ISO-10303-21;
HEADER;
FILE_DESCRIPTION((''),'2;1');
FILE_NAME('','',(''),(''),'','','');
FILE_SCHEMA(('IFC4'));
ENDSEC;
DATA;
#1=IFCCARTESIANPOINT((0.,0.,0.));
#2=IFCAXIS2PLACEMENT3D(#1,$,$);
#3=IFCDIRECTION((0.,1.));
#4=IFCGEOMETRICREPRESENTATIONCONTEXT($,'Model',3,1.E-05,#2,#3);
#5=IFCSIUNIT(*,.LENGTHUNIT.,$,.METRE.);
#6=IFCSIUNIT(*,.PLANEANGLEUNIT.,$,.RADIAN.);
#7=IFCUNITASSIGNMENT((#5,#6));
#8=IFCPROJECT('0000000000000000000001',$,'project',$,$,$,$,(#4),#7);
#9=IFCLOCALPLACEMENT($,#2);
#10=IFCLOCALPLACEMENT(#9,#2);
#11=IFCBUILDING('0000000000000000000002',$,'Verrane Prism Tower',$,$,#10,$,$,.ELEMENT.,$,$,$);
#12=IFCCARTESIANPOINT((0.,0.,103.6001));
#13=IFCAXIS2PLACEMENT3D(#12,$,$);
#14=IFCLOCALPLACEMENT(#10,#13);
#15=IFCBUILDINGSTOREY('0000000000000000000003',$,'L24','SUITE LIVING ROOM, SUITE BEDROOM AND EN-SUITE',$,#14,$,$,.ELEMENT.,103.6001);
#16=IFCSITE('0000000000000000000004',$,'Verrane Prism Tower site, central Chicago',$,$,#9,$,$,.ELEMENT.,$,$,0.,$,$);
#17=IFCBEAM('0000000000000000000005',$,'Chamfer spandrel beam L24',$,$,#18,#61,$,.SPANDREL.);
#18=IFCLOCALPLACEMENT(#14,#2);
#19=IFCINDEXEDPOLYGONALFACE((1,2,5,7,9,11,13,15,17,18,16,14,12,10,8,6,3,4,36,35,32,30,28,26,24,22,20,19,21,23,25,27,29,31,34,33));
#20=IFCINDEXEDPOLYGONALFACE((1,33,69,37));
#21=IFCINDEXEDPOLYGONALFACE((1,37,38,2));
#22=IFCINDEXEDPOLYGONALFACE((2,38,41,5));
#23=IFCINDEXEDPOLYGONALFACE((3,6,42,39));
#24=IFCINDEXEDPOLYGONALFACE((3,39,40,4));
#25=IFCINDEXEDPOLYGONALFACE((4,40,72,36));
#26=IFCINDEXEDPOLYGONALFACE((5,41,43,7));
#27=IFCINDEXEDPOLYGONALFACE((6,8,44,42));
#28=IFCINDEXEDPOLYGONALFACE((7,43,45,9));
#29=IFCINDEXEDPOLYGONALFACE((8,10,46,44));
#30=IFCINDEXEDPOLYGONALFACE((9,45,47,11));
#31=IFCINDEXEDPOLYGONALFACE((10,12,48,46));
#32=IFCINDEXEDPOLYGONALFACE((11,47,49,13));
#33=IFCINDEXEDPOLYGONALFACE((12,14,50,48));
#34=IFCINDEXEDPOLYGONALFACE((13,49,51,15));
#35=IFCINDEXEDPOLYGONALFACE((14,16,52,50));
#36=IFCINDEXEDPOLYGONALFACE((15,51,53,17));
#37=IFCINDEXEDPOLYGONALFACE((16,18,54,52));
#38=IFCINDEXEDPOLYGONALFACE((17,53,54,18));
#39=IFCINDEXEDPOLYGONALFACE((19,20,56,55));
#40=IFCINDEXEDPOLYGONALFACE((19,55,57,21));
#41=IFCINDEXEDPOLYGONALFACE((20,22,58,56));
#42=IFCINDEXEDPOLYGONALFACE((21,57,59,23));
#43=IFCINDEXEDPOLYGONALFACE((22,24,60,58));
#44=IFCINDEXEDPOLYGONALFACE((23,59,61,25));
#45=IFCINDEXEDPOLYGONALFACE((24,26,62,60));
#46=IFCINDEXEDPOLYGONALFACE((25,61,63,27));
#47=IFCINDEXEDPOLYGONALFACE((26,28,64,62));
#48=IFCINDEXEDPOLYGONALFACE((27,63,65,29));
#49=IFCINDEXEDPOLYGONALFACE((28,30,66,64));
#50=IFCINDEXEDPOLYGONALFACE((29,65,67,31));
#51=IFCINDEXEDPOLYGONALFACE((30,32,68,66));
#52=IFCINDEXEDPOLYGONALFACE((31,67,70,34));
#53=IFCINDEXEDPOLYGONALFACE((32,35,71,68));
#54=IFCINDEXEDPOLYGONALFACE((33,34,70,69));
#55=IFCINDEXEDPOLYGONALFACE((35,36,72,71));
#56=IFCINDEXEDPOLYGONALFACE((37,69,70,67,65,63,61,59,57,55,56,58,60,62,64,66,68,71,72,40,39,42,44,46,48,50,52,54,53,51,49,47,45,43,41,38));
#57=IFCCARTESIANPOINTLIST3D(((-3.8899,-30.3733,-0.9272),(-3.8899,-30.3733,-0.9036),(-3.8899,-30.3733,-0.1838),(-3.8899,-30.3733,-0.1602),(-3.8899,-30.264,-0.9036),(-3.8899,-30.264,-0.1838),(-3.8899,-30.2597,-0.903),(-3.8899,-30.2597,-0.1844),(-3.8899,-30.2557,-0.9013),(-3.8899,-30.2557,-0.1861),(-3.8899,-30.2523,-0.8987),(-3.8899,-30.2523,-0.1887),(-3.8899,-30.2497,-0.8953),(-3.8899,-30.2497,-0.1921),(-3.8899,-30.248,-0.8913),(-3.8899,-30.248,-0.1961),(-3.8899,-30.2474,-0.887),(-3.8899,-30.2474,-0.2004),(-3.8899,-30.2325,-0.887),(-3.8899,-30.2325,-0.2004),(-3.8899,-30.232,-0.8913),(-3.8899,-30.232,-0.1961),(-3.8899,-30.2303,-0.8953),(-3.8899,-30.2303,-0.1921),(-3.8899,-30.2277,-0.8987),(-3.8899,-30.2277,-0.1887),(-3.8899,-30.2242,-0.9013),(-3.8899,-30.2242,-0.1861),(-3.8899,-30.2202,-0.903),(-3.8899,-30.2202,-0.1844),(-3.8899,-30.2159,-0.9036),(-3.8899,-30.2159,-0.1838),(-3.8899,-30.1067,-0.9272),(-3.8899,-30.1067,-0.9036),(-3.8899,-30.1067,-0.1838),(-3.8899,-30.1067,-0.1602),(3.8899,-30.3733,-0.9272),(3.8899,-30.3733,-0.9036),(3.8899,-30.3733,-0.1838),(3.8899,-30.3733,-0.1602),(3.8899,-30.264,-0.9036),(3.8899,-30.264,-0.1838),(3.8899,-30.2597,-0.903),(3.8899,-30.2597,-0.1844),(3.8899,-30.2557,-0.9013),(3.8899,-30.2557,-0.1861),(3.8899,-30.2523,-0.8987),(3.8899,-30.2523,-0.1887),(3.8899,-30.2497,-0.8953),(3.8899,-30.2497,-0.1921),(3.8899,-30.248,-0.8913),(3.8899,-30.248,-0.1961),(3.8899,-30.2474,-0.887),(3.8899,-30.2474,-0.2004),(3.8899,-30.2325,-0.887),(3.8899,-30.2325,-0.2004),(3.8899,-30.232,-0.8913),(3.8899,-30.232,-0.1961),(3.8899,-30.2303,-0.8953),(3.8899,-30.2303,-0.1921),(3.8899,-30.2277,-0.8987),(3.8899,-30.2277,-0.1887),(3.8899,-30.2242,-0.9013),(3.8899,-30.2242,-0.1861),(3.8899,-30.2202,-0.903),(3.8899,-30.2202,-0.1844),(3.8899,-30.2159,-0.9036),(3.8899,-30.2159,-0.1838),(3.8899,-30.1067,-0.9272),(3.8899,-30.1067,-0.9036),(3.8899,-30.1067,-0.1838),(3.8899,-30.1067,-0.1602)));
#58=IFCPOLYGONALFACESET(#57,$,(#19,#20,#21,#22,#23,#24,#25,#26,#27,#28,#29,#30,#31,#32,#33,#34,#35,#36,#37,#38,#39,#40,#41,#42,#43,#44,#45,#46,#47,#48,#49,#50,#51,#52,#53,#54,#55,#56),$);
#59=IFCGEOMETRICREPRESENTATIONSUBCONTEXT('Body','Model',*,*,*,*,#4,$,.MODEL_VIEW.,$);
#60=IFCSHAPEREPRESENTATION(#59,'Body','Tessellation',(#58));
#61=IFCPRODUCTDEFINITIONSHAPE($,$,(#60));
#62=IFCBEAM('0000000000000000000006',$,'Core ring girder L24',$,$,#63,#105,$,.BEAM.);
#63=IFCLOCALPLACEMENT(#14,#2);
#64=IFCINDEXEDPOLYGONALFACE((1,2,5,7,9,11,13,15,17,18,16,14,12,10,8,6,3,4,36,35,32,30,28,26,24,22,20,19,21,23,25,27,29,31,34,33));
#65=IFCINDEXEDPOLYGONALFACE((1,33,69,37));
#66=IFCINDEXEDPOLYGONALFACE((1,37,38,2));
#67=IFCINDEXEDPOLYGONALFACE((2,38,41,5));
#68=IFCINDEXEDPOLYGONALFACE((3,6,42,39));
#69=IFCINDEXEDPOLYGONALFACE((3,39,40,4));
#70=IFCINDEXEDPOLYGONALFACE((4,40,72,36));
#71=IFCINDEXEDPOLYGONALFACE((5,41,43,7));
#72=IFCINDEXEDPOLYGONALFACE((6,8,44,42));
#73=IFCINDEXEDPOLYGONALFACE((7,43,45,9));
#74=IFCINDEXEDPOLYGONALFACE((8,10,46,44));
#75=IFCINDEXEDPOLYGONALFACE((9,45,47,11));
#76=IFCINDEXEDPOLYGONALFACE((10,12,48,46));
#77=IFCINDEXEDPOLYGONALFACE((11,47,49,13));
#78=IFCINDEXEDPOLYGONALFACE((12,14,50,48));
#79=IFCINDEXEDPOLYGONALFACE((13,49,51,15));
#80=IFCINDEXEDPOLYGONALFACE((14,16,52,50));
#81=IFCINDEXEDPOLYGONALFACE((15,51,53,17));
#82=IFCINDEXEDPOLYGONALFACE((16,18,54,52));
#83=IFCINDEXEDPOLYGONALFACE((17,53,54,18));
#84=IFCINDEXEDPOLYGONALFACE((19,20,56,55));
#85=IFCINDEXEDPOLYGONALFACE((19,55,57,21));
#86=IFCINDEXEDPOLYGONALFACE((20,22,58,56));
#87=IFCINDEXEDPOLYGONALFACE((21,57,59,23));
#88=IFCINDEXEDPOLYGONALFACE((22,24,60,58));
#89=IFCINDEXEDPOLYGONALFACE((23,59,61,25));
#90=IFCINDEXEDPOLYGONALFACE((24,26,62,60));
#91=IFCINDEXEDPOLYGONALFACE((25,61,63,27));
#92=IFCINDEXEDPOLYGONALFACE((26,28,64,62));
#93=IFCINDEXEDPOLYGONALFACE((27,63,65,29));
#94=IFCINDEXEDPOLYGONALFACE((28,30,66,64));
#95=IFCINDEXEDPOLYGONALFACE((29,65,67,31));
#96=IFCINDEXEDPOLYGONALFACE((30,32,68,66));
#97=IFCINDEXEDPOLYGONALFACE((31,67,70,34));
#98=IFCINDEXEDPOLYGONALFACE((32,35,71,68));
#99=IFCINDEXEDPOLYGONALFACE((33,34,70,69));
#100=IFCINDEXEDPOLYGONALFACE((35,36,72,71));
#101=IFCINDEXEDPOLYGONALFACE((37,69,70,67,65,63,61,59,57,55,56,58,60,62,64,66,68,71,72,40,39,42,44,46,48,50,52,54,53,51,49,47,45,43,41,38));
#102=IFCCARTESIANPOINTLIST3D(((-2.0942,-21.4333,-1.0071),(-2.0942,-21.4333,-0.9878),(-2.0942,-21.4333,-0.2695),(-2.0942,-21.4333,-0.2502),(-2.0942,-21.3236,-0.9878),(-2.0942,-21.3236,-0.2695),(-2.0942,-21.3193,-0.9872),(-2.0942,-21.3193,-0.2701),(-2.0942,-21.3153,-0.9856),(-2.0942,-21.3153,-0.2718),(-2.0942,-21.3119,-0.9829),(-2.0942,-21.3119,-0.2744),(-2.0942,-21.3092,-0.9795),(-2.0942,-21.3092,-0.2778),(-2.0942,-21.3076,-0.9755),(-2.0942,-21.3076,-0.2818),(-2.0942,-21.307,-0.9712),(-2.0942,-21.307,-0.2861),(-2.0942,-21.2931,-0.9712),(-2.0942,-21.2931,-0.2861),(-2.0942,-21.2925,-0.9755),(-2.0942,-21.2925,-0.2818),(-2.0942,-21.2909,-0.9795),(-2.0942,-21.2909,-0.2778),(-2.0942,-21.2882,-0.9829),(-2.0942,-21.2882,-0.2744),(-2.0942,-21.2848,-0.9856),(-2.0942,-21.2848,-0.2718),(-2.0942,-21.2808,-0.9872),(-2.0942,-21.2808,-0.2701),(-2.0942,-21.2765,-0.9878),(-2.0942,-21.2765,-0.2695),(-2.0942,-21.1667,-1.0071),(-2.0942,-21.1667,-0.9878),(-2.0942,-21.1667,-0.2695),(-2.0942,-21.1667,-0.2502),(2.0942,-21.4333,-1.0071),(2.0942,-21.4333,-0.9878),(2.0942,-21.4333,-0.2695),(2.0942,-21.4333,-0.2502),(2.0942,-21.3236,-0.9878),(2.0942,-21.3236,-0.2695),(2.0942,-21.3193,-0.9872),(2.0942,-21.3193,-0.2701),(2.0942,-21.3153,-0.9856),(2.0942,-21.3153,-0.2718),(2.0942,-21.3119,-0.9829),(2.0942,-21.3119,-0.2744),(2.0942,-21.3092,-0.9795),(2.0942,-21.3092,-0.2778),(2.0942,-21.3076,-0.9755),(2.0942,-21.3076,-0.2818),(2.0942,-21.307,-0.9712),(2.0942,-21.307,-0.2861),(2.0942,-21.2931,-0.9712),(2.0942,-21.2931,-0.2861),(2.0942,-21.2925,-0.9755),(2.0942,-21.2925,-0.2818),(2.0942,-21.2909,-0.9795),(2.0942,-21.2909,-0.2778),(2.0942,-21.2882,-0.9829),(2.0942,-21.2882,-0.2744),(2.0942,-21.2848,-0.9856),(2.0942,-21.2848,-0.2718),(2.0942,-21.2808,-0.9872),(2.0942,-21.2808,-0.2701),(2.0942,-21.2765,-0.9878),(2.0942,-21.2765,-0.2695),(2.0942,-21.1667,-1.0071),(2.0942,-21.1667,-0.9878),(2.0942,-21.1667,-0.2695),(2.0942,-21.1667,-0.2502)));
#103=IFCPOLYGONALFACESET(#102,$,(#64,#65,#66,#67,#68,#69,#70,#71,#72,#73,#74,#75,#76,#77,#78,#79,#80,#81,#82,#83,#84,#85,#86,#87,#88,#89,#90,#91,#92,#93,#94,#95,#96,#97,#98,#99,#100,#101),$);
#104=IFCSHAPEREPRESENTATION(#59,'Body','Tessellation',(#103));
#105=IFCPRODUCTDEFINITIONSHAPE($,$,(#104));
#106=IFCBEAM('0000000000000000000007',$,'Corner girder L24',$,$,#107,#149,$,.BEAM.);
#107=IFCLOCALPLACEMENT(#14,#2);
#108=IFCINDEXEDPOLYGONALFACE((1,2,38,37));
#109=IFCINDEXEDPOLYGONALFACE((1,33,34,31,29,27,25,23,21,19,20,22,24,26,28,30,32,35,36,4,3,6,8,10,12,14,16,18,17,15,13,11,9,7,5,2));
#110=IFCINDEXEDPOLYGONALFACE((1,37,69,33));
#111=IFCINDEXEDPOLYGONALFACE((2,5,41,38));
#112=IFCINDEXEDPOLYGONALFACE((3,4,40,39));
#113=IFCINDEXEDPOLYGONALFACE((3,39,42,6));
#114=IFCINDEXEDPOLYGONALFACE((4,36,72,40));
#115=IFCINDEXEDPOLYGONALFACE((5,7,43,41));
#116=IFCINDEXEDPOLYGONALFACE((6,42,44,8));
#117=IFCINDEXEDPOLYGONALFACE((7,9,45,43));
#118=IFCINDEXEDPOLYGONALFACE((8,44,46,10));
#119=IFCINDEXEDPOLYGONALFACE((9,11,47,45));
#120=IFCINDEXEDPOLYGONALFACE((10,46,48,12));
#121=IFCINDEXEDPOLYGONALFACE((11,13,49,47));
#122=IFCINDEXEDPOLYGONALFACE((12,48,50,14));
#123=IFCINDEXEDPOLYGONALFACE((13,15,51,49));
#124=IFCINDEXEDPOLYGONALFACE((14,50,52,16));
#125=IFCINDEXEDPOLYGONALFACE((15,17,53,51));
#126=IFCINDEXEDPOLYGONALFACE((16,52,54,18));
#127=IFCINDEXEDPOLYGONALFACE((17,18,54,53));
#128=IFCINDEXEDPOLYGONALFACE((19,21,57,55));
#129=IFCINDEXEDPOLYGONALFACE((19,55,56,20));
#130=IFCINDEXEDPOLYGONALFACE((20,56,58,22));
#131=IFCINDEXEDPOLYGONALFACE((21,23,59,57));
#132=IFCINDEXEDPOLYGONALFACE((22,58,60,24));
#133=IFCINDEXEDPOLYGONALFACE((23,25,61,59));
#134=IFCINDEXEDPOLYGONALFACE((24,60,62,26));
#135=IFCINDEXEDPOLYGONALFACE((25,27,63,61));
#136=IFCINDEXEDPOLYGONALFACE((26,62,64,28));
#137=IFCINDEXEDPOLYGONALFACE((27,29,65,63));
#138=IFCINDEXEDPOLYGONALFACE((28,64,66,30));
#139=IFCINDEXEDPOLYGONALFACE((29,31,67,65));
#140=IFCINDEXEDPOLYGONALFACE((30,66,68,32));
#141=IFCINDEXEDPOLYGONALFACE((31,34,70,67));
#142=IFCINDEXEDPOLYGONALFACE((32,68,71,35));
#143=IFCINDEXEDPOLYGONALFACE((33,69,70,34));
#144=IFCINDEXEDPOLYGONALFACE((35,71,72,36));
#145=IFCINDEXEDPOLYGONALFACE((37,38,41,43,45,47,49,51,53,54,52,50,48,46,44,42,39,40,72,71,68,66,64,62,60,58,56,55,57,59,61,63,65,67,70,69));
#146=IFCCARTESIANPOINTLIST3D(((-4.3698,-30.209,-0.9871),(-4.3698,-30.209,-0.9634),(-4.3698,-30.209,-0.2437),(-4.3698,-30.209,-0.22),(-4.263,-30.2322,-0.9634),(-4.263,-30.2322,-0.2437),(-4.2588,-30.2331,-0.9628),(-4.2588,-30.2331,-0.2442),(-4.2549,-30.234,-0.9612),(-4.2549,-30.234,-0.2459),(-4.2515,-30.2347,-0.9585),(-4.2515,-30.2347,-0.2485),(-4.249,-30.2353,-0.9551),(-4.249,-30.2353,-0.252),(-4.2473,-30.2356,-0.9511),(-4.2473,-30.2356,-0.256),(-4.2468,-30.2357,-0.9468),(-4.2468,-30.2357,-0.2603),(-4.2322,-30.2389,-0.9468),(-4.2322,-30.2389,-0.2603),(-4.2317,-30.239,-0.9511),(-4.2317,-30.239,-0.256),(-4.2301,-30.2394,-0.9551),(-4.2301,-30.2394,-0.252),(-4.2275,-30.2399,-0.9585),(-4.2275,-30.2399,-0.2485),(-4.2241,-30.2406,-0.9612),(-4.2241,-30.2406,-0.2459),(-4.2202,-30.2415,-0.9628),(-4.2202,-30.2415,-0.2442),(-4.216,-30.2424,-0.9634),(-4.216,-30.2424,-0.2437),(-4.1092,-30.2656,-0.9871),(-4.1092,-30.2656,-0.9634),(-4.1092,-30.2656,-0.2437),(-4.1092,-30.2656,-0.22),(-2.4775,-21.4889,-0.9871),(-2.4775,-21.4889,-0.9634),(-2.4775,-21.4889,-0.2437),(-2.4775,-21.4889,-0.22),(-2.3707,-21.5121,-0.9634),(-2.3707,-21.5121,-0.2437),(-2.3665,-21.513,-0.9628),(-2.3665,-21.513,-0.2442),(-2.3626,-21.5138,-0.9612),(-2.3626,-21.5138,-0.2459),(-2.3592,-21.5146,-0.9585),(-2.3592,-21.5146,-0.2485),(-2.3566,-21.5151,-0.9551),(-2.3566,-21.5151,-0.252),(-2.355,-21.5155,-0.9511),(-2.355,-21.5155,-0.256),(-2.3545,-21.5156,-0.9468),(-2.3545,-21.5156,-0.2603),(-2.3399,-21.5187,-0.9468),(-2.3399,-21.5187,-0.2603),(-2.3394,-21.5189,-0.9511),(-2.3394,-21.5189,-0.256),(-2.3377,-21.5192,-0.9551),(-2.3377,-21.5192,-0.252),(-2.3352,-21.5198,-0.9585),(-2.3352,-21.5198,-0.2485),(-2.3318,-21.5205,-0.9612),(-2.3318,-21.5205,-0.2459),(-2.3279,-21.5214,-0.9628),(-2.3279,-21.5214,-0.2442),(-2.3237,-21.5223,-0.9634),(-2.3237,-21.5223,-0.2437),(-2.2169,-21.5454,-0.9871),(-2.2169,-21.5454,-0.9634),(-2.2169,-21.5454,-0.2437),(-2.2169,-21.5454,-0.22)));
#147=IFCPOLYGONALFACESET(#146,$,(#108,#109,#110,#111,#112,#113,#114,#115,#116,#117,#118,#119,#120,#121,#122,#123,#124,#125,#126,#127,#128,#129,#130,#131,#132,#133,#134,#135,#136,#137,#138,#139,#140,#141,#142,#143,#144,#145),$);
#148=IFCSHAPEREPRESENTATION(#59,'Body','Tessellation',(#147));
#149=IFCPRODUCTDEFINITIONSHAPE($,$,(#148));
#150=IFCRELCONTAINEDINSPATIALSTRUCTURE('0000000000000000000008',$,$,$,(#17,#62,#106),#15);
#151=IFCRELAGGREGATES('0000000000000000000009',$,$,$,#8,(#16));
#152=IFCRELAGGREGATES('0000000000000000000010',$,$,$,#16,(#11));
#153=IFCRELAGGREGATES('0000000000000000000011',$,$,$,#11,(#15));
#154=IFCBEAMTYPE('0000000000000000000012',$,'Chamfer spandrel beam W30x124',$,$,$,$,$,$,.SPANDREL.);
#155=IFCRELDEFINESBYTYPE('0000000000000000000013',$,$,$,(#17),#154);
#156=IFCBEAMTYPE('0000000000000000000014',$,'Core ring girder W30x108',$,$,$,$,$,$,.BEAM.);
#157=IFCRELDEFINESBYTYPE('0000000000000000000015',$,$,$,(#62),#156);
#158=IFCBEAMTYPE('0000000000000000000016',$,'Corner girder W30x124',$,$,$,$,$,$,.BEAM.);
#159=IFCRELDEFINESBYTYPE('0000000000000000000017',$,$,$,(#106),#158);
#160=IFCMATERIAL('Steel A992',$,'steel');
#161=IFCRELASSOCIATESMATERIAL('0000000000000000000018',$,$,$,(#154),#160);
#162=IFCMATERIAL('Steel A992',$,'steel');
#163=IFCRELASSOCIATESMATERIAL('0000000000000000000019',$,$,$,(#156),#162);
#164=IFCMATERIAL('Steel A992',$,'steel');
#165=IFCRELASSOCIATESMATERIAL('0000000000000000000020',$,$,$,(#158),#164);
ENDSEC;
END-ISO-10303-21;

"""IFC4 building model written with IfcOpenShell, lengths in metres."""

from ifc_helpers import new_model, si_unit, direction, frame, origin, origin_2d, place, context, subcontext, project, spatial, i_section, extrude, material, material_profile, profile_set, type_object, element, save


model = new_model("IFC4")

# Units and contexts
model_context = context("Model", 3, precision=1e-05, world=origin(), true_north=direction((0.0, 1.0)))
body_context = subcontext(model_context, "Body", "Model", "MODEL_VIEW")
ifc_project = project(units=[si_unit("LENGTHUNIT", "METRE"), si_unit("PLANEANGLEUNIT", "RADIAN")], contexts=[model_context])

# Site, building, storey
site_placement = place(None, origin())
site = spatial("IfcSite", under=ifc_project, at=site_placement, Name="Verrane Prism Tower site, central Chicago", CompositionType="ELEMENT", RefElevation=0.0)
building_placement = place(site_placement, origin())
building = spatial("IfcBuilding", under=site, at=building_placement, Name="Verrane Prism Tower", CompositionType="ELEMENT")
storey_placement = place(building_placement, frame((0.0, 0.0, 103.6001)))
storey = spatial("IfcBuildingStorey", under=building, at=storey_placement, Name="L24", Description="SUITE LIVING ROOM, SUITE BEDROOM AND EN-SUITE", CompositionType="ELEMENT", Elevation=103.6001)

# Beams
ifc_material_1 = material(Name="Steel A992", Category="steel")
ifc_material_profile_1 = material_profile(ifc_material_1, i_section(OverallWidth=0.2666, OverallDepth=0.7671, WebThickness=0.0149, FlangeThickness=0.0237, FilletRadius=0.0166, at=origin_2d()), Name="W30x124")
ifc_profile_set_1 = profile_set([ifc_material_profile_1], Name="Steel A992")
beam_type_1 = type_object("IfcBeamType", Name="Chamfer spandrel beam W30x124", PredefinedType="SPANDREL", material=ifc_profile_set_1)
beam_1_placement = place(storey_placement, frame((-3.8899, -30.24, -0.5437), z_axis=(1.0, 0.0, 0.0), x_axis=(0.0, 1.0, 0.0)))
element("IfcBeam", 1, at=beam_1_placement, inside=storey, type_object=beam_type_1, Name="Chamfer spandrel beam L24", PredefinedType="SPANDREL", context=body_context, shape_type="SweptSolid", body=[
    extrude(i_section(OverallWidth=0.2666, OverallDepth=0.7671, WebThickness=0.0149, FlangeThickness=0.0237, FilletRadius=0.0166, at=origin_2d()), origin(), (0.0, 0.0, 1.0), 7.7798),
])
ifc_material_2 = material(Name="Steel A992", Category="steel")
ifc_material_profile_2 = material_profile(ifc_material_2, i_section(OverallWidth=0.2666, OverallDepth=0.7568, WebThickness=0.0139, FlangeThickness=0.0193, FilletRadius=0.0166, at=origin_2d()), Name="W30x108")
ifc_profile_set_2 = profile_set([ifc_material_profile_2], Name="Steel A992")
beam_type_2 = type_object("IfcBeamType", Name="Core ring girder W30x108", PredefinedType="BEAM", material=ifc_profile_set_2)
beam_2_placement = place(storey_placement, frame((-2.0942, -21.3, -0.6287), z_axis=(1.0, 0.0, 0.0), x_axis=(0.0, 1.0, 0.0)))
element("IfcBeam", 2, at=beam_2_placement, inside=storey, type_object=beam_type_2, Name="Core ring girder L24", PredefinedType="BEAM", context=body_context, shape_type="SweptSolid", body=[
    extrude(i_section(OverallWidth=0.2666, OverallDepth=0.7568, WebThickness=0.0139, FlangeThickness=0.0193, FilletRadius=0.0166, at=origin_2d()), origin(), (0.0, 0.0, 1.0), 4.1885),
])
ifc_material_3 = material(Name="Steel A992", Category="steel")
ifc_material_profile_3 = material_profile(ifc_material_3, i_section(OverallWidth=0.2666, OverallDepth=0.7671, WebThickness=0.0149, FlangeThickness=0.0237, FilletRadius=0.0166, at=origin_2d()), Name="W30x124")
ifc_profile_set_3 = profile_set([ifc_material_profile_3], Name="Steel A992")
beam_type_3 = type_object("IfcBeamType", Name="Corner girder W30x124", PredefinedType="BEAM", material=ifc_profile_set_3)
beam_3_placement = place(storey_placement, frame((-4.2395, -30.2373, -0.6035), z_axis=(0.21207, 0.977255, 0.0), x_axis=(-0.977255, 0.21207, 0.0)))
element("IfcBeam", 3, at=beam_3_placement, inside=storey, type_object=beam_type_3, Name="Corner girder L24", PredefinedType="BEAM", context=body_context, shape_type="SweptSolid", body=[
    extrude(i_section(OverallWidth=0.2666, OverallDepth=0.7671, WebThickness=0.0149, FlangeThickness=0.0237, FilletRadius=0.0166, at=origin_2d()), origin(), (0.0, 0.0, 1.0), 8.9231),
])

save(model, "model.ifc")
